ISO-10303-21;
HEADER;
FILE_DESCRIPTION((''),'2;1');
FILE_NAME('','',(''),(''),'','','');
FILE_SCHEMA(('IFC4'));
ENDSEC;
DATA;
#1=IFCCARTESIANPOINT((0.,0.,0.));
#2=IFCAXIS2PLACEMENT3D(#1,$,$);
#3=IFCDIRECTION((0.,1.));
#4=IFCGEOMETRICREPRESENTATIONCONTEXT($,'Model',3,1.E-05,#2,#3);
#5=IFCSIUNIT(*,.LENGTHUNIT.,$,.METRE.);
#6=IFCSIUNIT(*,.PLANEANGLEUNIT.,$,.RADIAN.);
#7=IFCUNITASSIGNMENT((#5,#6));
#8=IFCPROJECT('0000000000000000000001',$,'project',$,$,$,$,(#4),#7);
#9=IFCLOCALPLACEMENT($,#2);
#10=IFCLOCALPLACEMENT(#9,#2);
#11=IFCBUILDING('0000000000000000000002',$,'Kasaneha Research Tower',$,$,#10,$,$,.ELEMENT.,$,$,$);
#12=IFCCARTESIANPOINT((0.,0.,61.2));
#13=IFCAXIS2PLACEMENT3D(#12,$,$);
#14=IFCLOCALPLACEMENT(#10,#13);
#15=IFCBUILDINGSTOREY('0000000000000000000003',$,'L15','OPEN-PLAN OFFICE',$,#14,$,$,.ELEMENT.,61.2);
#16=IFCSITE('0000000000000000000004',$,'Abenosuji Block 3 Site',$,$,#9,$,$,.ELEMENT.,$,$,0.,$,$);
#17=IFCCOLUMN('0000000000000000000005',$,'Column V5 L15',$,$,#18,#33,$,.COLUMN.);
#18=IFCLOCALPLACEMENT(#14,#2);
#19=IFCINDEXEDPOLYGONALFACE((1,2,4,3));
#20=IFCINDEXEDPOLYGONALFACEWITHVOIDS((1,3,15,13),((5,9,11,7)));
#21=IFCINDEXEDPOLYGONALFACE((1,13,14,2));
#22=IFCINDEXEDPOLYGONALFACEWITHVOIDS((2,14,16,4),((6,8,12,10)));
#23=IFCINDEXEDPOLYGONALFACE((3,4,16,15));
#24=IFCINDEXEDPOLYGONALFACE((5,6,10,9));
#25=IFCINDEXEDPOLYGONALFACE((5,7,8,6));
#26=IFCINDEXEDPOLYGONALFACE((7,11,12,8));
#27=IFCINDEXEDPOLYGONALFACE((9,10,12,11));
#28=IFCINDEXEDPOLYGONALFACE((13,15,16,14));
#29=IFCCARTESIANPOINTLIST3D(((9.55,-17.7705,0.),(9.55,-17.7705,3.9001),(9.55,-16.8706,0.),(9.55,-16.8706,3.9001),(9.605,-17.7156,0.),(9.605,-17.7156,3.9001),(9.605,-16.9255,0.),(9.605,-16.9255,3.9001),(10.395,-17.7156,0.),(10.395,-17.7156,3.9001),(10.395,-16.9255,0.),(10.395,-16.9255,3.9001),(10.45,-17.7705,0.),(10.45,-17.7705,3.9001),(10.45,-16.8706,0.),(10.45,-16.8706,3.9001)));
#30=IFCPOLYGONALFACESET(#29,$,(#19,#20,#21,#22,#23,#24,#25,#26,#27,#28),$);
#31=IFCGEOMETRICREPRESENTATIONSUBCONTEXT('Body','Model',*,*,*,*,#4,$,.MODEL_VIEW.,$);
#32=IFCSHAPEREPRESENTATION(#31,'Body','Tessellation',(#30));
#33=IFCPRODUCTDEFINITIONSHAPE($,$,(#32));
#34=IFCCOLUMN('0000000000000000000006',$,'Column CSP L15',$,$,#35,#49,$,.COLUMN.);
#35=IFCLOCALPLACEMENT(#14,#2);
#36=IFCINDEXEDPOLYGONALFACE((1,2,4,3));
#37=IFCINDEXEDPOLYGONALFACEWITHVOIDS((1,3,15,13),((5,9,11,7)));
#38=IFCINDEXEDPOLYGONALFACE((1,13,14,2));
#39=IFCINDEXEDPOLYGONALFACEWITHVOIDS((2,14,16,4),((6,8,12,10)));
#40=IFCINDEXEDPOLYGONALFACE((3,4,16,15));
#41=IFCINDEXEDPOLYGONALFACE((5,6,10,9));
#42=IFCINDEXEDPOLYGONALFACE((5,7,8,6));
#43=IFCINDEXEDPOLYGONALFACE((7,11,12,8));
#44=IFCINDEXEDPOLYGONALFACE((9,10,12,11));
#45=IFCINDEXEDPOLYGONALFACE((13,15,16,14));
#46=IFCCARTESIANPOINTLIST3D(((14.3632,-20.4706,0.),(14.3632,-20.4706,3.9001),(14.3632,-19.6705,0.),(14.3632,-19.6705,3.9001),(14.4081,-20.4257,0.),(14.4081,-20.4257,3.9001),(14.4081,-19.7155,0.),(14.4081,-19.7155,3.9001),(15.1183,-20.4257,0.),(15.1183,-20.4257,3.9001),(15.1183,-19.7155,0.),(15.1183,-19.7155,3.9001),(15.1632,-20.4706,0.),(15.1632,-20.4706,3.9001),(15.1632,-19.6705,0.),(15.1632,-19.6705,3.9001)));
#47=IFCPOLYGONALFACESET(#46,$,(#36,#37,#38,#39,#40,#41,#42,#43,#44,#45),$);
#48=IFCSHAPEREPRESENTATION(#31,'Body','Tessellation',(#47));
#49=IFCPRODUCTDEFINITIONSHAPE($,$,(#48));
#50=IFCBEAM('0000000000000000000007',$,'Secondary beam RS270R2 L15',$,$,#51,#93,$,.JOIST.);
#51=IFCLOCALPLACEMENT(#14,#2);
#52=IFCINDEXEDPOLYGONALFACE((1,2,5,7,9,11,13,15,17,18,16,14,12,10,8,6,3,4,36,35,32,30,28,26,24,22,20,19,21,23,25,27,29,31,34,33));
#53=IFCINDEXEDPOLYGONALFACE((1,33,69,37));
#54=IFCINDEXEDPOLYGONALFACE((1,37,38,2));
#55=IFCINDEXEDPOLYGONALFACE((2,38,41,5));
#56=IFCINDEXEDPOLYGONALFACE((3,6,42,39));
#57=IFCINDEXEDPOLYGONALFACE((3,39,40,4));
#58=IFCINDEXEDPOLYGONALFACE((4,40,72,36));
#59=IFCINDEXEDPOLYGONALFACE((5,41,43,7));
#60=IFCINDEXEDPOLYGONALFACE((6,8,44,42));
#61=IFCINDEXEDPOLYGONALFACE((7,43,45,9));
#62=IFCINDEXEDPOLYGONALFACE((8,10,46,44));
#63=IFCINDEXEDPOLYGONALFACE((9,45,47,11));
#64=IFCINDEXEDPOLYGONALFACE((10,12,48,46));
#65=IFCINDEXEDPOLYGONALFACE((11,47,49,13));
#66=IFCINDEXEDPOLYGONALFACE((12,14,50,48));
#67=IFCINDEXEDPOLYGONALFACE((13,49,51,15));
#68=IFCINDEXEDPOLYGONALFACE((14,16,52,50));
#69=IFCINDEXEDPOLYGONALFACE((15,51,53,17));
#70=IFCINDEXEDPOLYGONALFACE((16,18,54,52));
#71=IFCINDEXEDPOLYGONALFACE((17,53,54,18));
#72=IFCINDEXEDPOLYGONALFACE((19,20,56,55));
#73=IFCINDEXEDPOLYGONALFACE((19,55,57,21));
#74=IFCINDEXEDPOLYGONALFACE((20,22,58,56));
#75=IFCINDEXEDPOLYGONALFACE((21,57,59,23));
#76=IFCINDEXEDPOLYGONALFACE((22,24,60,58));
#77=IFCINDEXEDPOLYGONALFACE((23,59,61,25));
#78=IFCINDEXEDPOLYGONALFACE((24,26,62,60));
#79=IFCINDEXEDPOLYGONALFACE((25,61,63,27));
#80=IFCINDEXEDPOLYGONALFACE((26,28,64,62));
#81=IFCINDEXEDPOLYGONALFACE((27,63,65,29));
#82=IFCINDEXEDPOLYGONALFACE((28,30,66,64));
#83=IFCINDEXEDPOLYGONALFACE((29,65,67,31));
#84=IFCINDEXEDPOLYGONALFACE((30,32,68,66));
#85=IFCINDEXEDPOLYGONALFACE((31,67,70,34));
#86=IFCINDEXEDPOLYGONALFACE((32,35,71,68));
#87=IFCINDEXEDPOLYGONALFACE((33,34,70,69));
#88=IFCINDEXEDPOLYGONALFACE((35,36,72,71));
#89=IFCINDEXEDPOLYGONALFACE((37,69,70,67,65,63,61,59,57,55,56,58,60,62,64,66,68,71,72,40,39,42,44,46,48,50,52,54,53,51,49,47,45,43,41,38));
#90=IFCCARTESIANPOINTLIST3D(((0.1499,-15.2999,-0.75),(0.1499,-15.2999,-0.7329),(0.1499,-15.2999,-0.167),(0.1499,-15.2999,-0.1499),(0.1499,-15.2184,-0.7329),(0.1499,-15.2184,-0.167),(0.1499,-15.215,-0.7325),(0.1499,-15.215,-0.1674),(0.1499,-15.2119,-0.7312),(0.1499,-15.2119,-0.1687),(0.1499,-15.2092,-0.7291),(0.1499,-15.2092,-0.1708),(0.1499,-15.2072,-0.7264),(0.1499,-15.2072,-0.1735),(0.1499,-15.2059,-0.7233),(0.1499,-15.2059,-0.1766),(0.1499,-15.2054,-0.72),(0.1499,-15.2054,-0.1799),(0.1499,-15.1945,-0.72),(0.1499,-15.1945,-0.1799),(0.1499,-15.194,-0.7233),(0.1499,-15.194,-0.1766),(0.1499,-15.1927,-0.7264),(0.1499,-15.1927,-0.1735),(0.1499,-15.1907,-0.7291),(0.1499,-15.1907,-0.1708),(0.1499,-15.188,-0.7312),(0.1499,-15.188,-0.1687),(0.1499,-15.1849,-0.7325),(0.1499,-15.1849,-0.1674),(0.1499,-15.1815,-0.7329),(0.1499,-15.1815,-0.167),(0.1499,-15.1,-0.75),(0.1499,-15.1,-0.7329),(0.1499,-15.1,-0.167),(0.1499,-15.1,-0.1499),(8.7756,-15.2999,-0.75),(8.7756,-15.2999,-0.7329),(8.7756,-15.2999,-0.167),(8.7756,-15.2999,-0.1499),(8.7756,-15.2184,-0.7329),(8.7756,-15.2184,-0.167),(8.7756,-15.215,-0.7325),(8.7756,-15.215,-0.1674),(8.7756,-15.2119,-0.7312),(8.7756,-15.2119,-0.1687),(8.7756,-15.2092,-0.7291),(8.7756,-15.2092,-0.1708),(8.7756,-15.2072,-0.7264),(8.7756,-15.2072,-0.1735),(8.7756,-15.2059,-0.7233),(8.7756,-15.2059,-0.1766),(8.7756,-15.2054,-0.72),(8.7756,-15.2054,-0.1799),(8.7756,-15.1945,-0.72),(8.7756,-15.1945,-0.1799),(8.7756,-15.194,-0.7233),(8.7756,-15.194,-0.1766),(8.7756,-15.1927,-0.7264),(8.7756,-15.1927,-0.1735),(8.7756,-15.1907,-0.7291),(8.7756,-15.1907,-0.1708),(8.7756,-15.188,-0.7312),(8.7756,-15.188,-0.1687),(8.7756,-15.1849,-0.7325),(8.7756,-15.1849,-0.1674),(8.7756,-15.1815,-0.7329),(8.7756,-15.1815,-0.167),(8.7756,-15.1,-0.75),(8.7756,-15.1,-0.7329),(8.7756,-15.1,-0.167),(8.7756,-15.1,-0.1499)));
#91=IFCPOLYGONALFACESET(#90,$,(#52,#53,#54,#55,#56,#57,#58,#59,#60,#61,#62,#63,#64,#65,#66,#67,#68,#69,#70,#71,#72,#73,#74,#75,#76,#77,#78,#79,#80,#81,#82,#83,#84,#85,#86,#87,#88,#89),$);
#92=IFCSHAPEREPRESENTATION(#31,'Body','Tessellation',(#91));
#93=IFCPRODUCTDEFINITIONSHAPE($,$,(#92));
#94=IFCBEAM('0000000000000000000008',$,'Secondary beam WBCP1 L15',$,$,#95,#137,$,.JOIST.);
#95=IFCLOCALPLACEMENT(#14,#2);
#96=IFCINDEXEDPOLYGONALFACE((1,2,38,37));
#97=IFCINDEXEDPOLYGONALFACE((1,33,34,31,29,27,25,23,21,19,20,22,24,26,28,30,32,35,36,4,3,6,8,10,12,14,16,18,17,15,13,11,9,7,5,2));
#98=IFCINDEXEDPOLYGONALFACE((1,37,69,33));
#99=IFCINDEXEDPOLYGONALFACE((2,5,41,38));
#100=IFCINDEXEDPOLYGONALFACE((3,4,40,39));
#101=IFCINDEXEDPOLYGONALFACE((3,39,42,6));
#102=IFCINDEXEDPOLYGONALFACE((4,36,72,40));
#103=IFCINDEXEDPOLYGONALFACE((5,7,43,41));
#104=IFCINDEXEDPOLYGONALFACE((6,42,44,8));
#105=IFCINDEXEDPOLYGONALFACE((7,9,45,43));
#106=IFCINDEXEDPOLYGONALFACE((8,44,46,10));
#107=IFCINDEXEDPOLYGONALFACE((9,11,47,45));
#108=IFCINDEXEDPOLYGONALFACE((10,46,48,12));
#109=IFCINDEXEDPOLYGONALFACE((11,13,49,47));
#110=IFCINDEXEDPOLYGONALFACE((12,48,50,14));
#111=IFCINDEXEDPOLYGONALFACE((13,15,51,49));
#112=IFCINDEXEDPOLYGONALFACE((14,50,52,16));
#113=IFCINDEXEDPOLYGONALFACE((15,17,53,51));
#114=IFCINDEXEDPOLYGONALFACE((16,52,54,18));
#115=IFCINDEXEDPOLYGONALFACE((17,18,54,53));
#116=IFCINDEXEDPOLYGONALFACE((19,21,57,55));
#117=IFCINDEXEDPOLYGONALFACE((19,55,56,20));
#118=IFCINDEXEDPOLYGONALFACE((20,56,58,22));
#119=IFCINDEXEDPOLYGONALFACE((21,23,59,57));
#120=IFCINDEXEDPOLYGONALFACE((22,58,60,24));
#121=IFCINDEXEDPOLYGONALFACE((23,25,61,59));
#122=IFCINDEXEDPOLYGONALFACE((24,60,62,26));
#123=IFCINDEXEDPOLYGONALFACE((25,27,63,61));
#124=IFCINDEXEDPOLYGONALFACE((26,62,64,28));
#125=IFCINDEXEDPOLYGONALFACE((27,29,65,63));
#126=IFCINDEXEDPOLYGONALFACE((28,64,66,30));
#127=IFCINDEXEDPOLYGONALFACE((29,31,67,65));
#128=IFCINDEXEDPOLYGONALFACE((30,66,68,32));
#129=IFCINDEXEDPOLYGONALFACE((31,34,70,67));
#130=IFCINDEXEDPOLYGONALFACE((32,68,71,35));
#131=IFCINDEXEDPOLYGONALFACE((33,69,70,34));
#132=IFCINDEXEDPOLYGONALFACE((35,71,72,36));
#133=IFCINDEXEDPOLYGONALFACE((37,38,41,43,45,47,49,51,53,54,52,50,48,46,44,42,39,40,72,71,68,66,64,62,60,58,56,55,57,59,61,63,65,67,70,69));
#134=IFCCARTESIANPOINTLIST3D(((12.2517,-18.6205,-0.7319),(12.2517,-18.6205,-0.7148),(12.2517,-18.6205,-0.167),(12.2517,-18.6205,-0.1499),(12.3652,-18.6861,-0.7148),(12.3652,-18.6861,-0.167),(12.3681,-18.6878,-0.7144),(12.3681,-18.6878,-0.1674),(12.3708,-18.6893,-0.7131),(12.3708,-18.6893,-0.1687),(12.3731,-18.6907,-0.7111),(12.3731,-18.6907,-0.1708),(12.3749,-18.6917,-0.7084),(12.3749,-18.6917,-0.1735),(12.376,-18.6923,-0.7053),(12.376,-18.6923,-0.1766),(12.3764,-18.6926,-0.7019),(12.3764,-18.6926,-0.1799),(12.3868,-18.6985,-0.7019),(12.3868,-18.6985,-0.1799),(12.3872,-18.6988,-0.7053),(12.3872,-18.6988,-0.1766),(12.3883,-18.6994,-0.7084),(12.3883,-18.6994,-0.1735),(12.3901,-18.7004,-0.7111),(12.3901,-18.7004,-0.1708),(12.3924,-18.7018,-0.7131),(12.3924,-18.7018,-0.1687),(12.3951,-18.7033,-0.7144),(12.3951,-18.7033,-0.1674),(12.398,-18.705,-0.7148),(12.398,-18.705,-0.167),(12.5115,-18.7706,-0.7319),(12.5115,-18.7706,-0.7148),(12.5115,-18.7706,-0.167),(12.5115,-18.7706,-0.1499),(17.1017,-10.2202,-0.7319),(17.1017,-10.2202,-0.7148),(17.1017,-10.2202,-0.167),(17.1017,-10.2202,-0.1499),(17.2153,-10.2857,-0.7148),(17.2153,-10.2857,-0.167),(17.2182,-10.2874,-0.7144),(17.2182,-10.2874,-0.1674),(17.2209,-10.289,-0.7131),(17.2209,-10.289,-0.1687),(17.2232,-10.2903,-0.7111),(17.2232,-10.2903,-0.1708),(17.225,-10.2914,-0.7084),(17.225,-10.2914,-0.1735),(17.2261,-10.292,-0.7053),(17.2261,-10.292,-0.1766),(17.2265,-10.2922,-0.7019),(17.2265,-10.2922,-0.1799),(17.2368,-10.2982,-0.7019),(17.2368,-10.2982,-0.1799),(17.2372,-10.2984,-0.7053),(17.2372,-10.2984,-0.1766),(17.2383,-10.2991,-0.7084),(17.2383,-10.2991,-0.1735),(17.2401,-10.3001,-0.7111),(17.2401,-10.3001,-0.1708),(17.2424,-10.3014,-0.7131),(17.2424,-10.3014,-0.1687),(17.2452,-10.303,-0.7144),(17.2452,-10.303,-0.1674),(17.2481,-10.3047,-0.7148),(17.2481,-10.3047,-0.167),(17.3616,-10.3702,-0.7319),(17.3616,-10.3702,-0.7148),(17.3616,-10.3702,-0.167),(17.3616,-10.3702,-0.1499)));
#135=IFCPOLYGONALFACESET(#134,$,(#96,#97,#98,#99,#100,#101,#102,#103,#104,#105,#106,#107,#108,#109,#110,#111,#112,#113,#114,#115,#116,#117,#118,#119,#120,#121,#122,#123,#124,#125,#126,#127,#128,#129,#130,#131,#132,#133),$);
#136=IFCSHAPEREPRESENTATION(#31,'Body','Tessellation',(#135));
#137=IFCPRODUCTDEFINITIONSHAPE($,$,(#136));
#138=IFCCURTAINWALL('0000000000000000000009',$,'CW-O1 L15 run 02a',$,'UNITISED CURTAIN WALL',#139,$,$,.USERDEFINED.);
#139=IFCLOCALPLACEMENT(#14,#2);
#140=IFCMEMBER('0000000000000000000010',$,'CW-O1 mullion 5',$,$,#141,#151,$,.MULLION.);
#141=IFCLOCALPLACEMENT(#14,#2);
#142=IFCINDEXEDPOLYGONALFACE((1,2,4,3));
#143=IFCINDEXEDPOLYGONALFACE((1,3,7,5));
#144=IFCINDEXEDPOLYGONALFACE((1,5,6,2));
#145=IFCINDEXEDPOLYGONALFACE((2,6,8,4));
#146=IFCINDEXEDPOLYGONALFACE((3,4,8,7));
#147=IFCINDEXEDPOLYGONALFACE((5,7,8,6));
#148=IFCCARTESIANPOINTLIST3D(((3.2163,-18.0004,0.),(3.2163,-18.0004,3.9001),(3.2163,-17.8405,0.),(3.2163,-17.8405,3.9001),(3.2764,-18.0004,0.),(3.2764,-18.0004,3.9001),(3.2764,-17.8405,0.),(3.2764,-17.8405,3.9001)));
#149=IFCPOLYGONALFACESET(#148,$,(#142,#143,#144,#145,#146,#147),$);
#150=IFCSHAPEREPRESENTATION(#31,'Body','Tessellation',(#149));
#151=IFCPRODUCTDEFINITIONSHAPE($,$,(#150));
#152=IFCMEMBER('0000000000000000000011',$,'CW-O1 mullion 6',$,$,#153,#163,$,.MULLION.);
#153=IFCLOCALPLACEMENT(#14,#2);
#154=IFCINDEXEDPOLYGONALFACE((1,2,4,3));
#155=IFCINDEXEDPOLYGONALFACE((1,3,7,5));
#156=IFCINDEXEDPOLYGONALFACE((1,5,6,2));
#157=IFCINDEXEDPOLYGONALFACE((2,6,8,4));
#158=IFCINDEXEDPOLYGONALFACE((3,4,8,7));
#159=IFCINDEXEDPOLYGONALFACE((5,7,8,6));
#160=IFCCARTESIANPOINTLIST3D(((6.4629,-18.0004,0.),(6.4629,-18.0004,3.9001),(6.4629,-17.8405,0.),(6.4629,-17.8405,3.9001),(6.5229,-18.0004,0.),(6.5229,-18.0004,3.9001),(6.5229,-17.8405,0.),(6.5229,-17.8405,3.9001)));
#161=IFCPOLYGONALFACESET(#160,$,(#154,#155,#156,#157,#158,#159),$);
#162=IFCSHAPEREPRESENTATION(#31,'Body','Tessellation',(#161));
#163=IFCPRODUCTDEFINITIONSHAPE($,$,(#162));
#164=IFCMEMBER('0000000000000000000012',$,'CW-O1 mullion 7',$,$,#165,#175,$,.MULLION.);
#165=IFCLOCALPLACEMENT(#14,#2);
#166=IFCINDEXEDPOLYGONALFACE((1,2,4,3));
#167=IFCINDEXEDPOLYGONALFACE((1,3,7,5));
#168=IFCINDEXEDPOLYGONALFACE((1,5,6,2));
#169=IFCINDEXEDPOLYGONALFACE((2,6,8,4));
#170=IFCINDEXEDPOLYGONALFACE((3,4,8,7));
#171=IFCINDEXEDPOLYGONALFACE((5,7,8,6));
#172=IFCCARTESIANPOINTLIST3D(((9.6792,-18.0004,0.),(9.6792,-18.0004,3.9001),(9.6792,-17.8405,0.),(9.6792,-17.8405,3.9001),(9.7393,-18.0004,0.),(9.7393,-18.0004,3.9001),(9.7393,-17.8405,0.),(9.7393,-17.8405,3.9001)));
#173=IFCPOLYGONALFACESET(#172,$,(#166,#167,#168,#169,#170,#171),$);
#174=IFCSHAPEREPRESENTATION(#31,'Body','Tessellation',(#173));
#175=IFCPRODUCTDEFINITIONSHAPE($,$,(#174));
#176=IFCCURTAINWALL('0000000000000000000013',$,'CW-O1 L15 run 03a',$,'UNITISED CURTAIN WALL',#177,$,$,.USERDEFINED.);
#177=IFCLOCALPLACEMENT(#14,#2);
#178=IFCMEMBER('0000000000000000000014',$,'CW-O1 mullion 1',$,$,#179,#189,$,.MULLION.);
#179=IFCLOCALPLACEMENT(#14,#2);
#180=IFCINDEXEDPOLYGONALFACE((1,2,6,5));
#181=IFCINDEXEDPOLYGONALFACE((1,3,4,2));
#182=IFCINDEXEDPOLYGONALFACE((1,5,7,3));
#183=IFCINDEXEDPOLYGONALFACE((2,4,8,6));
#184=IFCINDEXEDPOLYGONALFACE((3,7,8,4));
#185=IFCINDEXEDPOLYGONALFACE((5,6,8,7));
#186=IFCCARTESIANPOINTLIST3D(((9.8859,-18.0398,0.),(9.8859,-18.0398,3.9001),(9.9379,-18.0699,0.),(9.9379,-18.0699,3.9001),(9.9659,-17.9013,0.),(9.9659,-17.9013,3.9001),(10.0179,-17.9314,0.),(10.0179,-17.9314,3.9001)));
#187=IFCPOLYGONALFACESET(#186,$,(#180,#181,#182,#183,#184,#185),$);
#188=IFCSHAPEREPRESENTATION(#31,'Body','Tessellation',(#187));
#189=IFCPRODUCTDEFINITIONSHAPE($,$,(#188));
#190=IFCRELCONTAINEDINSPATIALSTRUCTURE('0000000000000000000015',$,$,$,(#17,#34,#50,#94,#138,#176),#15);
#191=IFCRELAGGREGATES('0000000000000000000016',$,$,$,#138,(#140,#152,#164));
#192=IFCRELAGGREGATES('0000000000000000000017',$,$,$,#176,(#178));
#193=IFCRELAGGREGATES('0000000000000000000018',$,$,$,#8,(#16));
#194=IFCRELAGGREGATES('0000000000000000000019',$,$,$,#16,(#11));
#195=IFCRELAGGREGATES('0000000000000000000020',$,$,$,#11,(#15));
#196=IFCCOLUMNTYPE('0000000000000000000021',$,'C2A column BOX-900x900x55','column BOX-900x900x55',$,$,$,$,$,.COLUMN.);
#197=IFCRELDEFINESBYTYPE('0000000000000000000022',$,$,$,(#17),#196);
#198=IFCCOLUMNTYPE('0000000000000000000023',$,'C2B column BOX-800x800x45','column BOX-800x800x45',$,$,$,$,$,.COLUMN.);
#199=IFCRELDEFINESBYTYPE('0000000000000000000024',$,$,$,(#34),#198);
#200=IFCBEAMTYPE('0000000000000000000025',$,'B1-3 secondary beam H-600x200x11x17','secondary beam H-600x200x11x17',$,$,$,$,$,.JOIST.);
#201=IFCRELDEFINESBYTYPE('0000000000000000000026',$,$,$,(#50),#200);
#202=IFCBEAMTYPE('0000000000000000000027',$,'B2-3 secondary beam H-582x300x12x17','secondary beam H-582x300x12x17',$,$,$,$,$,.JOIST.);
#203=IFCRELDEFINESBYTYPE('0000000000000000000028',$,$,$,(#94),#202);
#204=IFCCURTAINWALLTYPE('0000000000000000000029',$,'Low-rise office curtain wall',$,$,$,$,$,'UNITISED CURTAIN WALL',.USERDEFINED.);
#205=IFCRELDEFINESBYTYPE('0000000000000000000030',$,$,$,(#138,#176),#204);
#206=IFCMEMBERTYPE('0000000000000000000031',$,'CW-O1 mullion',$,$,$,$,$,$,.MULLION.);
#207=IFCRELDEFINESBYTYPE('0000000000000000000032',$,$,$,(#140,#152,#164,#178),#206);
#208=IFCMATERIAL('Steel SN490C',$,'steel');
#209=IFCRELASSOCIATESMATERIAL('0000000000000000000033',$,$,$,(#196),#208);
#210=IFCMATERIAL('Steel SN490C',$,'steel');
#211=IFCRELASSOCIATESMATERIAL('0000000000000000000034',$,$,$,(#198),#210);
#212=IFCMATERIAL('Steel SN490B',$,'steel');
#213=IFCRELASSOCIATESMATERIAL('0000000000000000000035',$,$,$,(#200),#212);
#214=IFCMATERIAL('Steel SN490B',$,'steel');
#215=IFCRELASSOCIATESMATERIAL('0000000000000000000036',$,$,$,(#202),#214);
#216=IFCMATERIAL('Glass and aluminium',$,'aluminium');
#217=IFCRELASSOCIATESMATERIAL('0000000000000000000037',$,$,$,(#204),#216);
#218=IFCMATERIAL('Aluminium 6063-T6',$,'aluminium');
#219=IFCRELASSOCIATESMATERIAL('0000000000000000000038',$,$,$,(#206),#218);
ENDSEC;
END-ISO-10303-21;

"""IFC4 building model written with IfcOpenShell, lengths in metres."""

from ifc_helpers import new_model, si_unit, direction, frame, origin, origin_2d, place, context, subcontext, project, spatial, rectangle, hollow_rectangle, i_section, extrude, material, material_profile, profile_set, type_object, element, aggregate, save


model = new_model("IFC4")

# Units and contexts
model_context = context("Model", 3, precision=1e-05, world=origin(), true_north=direction((0.0, 1.0)))
body_context = subcontext(model_context, "Body", "Model", "MODEL_VIEW")
ifc_project = project(units=[si_unit("LENGTHUNIT", "METRE"), si_unit("PLANEANGLEUNIT", "RADIAN")], contexts=[model_context])

# Site, building, storey
site_placement = place(None, origin())
site = spatial("IfcSite", under=ifc_project, at=site_placement, Name="Abenosuji Block 3 Site", CompositionType="ELEMENT", RefElevation=0.0)
building_placement = place(site_placement, origin())
building = spatial("IfcBuilding", under=site, at=building_placement, Name="Kasaneha Research Tower", CompositionType="ELEMENT")
storey_placement = place(building_placement, frame((0.0, 0.0, 61.2)))
storey = spatial("IfcBuildingStorey", under=building, at=storey_placement, Name="L15", Description="OPEN-PLAN OFFICE", CompositionType="ELEMENT", Elevation=61.2)

# Columns
ifc_material_1 = material(Name="Steel SN490C", Category="steel")
ifc_material_profile_1 = material_profile(ifc_material_1, hollow_rectangle(XDim=0.8999, YDim=0.8999, WallThickness=0.0549, at=origin_2d()), Name="BOX-900x900x55")
ifc_profile_set_1 = profile_set([ifc_material_profile_1], Name="Steel SN490C")
column_type_1 = type_object("IfcColumnType", Name="C2A column BOX-900x900x55", Description="column BOX-900x900x55", PredefinedType="COLUMN", material=ifc_profile_set_1)
column_1_placement = place(storey_placement, frame((10.0, -17.3206, 0.0), z_axis=(0.0, 0.0, 1.0), x_axis=(1.0, 0.0, 0.0)))
element("IfcColumn", 1, at=column_1_placement, inside=storey, type_object=column_type_1, Name="Column V5 L15", PredefinedType="COLUMN", context=body_context, shape_type="SweptSolid", body=[
    extrude(hollow_rectangle(XDim=0.8999, YDim=0.8999, WallThickness=0.0549, at=origin_2d()), origin(), (0.0, 0.0, 1.0), 3.9001),
])
ifc_material_2 = material(Name="Steel SN490C", Category="steel")
ifc_material_profile_2 = material_profile(ifc_material_2, hollow_rectangle(XDim=0.8, YDim=0.8, WallThickness=0.0449, at=origin_2d()), Name="BOX-800x800x45")
ifc_profile_set_2 = profile_set([ifc_material_profile_2], Name="Steel SN490C")
column_type_2 = type_object("IfcColumnType", Name="C2B column BOX-800x800x45", Description="column BOX-800x800x45", PredefinedType="COLUMN", material=ifc_profile_set_2)
column_2_placement = place(storey_placement, frame((14.7632, -20.0706, 0.0), z_axis=(0.0, 0.0, 1.0), x_axis=(1.0, 0.0, 0.0)))
element("IfcColumn", 2, at=column_2_placement, inside=storey, type_object=column_type_2, Name="Column CSP L15", PredefinedType="COLUMN", context=body_context, shape_type="SweptSolid", body=[
    extrude(hollow_rectangle(XDim=0.8, YDim=0.8, WallThickness=0.0449, at=origin_2d()), origin(), (0.0, 0.0, 1.0), 3.9001),
])

# Beams
ifc_material_3 = material(Name="Steel SN490B", Category="steel")
ifc_material_profile_3 = material_profile(ifc_material_3, i_section(OverallWidth=0.2, OverallDepth=0.6001, WebThickness=0.011, FlangeThickness=0.0171, FilletRadius=0.0129, at=origin_2d()), Name="H-600x200x11x17")
ifc_profile_set_3 = profile_set([ifc_material_profile_3], Name="Steel SN490B")
beam_type_1 = type_object("IfcBeamType", Name="B1-3 secondary beam H-600x200x11x17", Description="secondary beam H-600x200x11x17", PredefinedType="JOIST", material=ifc_profile_set_3)
beam_1_placement = place(storey_placement, frame((8.7756, -15.2, -0.45), z_axis=(-1.0, 0.0, 0.0), x_axis=(0.0, -1.0, 0.0)))
element("IfcBeam", 3, at=beam_1_placement, inside=storey, type_object=beam_type_1, Name="Secondary beam RS270R2 L15", PredefinedType="JOIST", context=body_context, shape_type="SweptSolid", body=[
    extrude(i_section(OverallWidth=0.2, OverallDepth=0.6001, WebThickness=0.011, FlangeThickness=0.0171, FilletRadius=0.0129, at=origin_2d()), origin(), (0.0, 0.0, 1.0), 8.6257),
])
ifc_material_4 = material(Name="Steel SN490B", Category="steel")
ifc_material_profile_4 = material_profile(ifc_material_4, i_section(OverallWidth=0.3, OverallDepth=0.582, WebThickness=0.012, FlangeThickness=0.0171, FilletRadius=0.0129, at=origin_2d()), Name="H-582x300x12x17")
ifc_profile_set_4 = profile_set([ifc_material_profile_4], Name="Steel SN490B")
beam_type_2 = type_object("IfcBeamType", Name="B2-3 secondary beam H-582x300x12x17", Description="secondary beam H-582x300x12x17", PredefinedType="JOIST", material=ifc_profile_set_4)
beam_2_placement = place(storey_placement, frame((12.3816, -18.6956, -0.4409), z_axis=(0.50001, 0.86602, 0.0), x_axis=(-0.86602, 0.50001, 0.0)))
element("IfcBeam", 4, at=beam_2_placement, inside=storey, type_object=beam_type_2, Name="Secondary beam WBCP1 L15", PredefinedType="JOIST", context=body_context, shape_type="SweptSolid", body=[
    extrude(i_section(OverallWidth=0.3, OverallDepth=0.582, WebThickness=0.012, FlangeThickness=0.0171, FilletRadius=0.0129, at=origin_2d()), origin(), (0.0, 0.0, 1.0), 9.7),
])

# Curtain walls, members
ifc_material_5 = material(Name="Glass and aluminium", Category="aluminium")
curtain_wall_type = type_object("IfcCurtainWallType", Name="Low-rise office curtain wall", ElementType="UNITISED CURTAIN WALL", PredefinedType="USERDEFINED", material=ifc_material_5)
curtain_wall_1_placement = place(storey_placement, origin())
curtain_wall_1 = element("IfcCurtainWall", 5, at=curtain_wall_1_placement, inside=storey, type_object=curtain_wall_type, Name="CW-O1 L15 run 02a", ObjectType="UNITISED CURTAIN WALL", PredefinedType="USERDEFINED")
ifc_material_6 = material(Name="Aluminium 6063-T6", Category="aluminium")
ifc_material_profile_5 = material_profile(ifc_material_6, rectangle(XDim=0.0601, YDim=0.1599, at=origin_2d()), Name="CW-O1 mullion 60x160")
ifc_profile_set_5 = profile_set([ifc_material_profile_5], Name="Aluminium 6063-T6")
member_type_1 = type_object("IfcMemberType", Name="CW-O1 mullion", PredefinedType="MULLION", material=ifc_profile_set_5)
member_1_placement = place(storey_placement, frame((3.2463, -17.9204, 0.0), z_axis=(0.0, 0.0, 1.0), x_axis=(1.0, 0.0, 0.0)))
member_1 = element("IfcMember", 6, at=member_1_placement, type_object=member_type_1, Name="CW-O1 mullion 5", PredefinedType="MULLION", context=body_context, shape_type="SweptSolid", body=[
    extrude(rectangle(XDim=0.0601, YDim=0.1599, at=origin_2d()), origin(), (0.0, 0.0, 1.0), 3.9001),
])
member_2_placement = place(storey_placement, frame((6.4929, -17.9204, 0.0), z_axis=(0.0, 0.0, 1.0), x_axis=(1.0, 0.0, 0.0)))
member_2 = element("IfcMember", 7, at=member_2_placement, type_object=member_type_1, Name="CW-O1 mullion 6", PredefinedType="MULLION", context=body_context, shape_type="SweptSolid", body=[
    extrude(rectangle(XDim=0.0601, YDim=0.1599, at=origin_2d()), origin(), (0.0, 0.0, 1.0), 3.9001),
])
member_3_placement = place(storey_placement, frame((9.7092, -17.9204, 0.0), z_axis=(0.0, 0.0, 1.0), x_axis=(1.0, 0.0, 0.0)))
member_3 = element("IfcMember", 8, at=member_3_placement, type_object=member_type_1, Name="CW-O1 mullion 7", PredefinedType="MULLION", context=body_context, shape_type="SweptSolid", body=[
    extrude(rectangle(XDim=0.0601, YDim=0.1599, at=origin_2d()), origin(), (0.0, 0.0, 1.0), 3.9001),
])
curtain_wall_2_placement = place(storey_placement, origin())
curtain_wall_2 = element("IfcCurtainWall", 9, at=curtain_wall_2_placement, inside=storey, type_object=curtain_wall_type, Name="CW-O1 L15 run 03a", ObjectType="UNITISED CURTAIN WALL", PredefinedType="USERDEFINED")
member_4_placement = place(storey_placement, frame((9.9519, -17.9856, 0.0), z_axis=(0.0, 0.0, 1.0), x_axis=(0.866025, -0.5, 0.0)))
member_4 = element("IfcMember", 10, at=member_4_placement, type_object=member_type_1, Name="CW-O1 mullion 1", PredefinedType="MULLION", context=body_context, shape_type="SweptSolid", body=[
    extrude(rectangle(XDim=0.0601, YDim=0.1599, at=origin_2d()), origin(), (0.0, 0.0, 1.0), 3.9001),
])

aggregate(curtain_wall_1, [member_1, member_2, member_3])
aggregate(curtain_wall_2, [member_4])

save(model, "model.ifc")
